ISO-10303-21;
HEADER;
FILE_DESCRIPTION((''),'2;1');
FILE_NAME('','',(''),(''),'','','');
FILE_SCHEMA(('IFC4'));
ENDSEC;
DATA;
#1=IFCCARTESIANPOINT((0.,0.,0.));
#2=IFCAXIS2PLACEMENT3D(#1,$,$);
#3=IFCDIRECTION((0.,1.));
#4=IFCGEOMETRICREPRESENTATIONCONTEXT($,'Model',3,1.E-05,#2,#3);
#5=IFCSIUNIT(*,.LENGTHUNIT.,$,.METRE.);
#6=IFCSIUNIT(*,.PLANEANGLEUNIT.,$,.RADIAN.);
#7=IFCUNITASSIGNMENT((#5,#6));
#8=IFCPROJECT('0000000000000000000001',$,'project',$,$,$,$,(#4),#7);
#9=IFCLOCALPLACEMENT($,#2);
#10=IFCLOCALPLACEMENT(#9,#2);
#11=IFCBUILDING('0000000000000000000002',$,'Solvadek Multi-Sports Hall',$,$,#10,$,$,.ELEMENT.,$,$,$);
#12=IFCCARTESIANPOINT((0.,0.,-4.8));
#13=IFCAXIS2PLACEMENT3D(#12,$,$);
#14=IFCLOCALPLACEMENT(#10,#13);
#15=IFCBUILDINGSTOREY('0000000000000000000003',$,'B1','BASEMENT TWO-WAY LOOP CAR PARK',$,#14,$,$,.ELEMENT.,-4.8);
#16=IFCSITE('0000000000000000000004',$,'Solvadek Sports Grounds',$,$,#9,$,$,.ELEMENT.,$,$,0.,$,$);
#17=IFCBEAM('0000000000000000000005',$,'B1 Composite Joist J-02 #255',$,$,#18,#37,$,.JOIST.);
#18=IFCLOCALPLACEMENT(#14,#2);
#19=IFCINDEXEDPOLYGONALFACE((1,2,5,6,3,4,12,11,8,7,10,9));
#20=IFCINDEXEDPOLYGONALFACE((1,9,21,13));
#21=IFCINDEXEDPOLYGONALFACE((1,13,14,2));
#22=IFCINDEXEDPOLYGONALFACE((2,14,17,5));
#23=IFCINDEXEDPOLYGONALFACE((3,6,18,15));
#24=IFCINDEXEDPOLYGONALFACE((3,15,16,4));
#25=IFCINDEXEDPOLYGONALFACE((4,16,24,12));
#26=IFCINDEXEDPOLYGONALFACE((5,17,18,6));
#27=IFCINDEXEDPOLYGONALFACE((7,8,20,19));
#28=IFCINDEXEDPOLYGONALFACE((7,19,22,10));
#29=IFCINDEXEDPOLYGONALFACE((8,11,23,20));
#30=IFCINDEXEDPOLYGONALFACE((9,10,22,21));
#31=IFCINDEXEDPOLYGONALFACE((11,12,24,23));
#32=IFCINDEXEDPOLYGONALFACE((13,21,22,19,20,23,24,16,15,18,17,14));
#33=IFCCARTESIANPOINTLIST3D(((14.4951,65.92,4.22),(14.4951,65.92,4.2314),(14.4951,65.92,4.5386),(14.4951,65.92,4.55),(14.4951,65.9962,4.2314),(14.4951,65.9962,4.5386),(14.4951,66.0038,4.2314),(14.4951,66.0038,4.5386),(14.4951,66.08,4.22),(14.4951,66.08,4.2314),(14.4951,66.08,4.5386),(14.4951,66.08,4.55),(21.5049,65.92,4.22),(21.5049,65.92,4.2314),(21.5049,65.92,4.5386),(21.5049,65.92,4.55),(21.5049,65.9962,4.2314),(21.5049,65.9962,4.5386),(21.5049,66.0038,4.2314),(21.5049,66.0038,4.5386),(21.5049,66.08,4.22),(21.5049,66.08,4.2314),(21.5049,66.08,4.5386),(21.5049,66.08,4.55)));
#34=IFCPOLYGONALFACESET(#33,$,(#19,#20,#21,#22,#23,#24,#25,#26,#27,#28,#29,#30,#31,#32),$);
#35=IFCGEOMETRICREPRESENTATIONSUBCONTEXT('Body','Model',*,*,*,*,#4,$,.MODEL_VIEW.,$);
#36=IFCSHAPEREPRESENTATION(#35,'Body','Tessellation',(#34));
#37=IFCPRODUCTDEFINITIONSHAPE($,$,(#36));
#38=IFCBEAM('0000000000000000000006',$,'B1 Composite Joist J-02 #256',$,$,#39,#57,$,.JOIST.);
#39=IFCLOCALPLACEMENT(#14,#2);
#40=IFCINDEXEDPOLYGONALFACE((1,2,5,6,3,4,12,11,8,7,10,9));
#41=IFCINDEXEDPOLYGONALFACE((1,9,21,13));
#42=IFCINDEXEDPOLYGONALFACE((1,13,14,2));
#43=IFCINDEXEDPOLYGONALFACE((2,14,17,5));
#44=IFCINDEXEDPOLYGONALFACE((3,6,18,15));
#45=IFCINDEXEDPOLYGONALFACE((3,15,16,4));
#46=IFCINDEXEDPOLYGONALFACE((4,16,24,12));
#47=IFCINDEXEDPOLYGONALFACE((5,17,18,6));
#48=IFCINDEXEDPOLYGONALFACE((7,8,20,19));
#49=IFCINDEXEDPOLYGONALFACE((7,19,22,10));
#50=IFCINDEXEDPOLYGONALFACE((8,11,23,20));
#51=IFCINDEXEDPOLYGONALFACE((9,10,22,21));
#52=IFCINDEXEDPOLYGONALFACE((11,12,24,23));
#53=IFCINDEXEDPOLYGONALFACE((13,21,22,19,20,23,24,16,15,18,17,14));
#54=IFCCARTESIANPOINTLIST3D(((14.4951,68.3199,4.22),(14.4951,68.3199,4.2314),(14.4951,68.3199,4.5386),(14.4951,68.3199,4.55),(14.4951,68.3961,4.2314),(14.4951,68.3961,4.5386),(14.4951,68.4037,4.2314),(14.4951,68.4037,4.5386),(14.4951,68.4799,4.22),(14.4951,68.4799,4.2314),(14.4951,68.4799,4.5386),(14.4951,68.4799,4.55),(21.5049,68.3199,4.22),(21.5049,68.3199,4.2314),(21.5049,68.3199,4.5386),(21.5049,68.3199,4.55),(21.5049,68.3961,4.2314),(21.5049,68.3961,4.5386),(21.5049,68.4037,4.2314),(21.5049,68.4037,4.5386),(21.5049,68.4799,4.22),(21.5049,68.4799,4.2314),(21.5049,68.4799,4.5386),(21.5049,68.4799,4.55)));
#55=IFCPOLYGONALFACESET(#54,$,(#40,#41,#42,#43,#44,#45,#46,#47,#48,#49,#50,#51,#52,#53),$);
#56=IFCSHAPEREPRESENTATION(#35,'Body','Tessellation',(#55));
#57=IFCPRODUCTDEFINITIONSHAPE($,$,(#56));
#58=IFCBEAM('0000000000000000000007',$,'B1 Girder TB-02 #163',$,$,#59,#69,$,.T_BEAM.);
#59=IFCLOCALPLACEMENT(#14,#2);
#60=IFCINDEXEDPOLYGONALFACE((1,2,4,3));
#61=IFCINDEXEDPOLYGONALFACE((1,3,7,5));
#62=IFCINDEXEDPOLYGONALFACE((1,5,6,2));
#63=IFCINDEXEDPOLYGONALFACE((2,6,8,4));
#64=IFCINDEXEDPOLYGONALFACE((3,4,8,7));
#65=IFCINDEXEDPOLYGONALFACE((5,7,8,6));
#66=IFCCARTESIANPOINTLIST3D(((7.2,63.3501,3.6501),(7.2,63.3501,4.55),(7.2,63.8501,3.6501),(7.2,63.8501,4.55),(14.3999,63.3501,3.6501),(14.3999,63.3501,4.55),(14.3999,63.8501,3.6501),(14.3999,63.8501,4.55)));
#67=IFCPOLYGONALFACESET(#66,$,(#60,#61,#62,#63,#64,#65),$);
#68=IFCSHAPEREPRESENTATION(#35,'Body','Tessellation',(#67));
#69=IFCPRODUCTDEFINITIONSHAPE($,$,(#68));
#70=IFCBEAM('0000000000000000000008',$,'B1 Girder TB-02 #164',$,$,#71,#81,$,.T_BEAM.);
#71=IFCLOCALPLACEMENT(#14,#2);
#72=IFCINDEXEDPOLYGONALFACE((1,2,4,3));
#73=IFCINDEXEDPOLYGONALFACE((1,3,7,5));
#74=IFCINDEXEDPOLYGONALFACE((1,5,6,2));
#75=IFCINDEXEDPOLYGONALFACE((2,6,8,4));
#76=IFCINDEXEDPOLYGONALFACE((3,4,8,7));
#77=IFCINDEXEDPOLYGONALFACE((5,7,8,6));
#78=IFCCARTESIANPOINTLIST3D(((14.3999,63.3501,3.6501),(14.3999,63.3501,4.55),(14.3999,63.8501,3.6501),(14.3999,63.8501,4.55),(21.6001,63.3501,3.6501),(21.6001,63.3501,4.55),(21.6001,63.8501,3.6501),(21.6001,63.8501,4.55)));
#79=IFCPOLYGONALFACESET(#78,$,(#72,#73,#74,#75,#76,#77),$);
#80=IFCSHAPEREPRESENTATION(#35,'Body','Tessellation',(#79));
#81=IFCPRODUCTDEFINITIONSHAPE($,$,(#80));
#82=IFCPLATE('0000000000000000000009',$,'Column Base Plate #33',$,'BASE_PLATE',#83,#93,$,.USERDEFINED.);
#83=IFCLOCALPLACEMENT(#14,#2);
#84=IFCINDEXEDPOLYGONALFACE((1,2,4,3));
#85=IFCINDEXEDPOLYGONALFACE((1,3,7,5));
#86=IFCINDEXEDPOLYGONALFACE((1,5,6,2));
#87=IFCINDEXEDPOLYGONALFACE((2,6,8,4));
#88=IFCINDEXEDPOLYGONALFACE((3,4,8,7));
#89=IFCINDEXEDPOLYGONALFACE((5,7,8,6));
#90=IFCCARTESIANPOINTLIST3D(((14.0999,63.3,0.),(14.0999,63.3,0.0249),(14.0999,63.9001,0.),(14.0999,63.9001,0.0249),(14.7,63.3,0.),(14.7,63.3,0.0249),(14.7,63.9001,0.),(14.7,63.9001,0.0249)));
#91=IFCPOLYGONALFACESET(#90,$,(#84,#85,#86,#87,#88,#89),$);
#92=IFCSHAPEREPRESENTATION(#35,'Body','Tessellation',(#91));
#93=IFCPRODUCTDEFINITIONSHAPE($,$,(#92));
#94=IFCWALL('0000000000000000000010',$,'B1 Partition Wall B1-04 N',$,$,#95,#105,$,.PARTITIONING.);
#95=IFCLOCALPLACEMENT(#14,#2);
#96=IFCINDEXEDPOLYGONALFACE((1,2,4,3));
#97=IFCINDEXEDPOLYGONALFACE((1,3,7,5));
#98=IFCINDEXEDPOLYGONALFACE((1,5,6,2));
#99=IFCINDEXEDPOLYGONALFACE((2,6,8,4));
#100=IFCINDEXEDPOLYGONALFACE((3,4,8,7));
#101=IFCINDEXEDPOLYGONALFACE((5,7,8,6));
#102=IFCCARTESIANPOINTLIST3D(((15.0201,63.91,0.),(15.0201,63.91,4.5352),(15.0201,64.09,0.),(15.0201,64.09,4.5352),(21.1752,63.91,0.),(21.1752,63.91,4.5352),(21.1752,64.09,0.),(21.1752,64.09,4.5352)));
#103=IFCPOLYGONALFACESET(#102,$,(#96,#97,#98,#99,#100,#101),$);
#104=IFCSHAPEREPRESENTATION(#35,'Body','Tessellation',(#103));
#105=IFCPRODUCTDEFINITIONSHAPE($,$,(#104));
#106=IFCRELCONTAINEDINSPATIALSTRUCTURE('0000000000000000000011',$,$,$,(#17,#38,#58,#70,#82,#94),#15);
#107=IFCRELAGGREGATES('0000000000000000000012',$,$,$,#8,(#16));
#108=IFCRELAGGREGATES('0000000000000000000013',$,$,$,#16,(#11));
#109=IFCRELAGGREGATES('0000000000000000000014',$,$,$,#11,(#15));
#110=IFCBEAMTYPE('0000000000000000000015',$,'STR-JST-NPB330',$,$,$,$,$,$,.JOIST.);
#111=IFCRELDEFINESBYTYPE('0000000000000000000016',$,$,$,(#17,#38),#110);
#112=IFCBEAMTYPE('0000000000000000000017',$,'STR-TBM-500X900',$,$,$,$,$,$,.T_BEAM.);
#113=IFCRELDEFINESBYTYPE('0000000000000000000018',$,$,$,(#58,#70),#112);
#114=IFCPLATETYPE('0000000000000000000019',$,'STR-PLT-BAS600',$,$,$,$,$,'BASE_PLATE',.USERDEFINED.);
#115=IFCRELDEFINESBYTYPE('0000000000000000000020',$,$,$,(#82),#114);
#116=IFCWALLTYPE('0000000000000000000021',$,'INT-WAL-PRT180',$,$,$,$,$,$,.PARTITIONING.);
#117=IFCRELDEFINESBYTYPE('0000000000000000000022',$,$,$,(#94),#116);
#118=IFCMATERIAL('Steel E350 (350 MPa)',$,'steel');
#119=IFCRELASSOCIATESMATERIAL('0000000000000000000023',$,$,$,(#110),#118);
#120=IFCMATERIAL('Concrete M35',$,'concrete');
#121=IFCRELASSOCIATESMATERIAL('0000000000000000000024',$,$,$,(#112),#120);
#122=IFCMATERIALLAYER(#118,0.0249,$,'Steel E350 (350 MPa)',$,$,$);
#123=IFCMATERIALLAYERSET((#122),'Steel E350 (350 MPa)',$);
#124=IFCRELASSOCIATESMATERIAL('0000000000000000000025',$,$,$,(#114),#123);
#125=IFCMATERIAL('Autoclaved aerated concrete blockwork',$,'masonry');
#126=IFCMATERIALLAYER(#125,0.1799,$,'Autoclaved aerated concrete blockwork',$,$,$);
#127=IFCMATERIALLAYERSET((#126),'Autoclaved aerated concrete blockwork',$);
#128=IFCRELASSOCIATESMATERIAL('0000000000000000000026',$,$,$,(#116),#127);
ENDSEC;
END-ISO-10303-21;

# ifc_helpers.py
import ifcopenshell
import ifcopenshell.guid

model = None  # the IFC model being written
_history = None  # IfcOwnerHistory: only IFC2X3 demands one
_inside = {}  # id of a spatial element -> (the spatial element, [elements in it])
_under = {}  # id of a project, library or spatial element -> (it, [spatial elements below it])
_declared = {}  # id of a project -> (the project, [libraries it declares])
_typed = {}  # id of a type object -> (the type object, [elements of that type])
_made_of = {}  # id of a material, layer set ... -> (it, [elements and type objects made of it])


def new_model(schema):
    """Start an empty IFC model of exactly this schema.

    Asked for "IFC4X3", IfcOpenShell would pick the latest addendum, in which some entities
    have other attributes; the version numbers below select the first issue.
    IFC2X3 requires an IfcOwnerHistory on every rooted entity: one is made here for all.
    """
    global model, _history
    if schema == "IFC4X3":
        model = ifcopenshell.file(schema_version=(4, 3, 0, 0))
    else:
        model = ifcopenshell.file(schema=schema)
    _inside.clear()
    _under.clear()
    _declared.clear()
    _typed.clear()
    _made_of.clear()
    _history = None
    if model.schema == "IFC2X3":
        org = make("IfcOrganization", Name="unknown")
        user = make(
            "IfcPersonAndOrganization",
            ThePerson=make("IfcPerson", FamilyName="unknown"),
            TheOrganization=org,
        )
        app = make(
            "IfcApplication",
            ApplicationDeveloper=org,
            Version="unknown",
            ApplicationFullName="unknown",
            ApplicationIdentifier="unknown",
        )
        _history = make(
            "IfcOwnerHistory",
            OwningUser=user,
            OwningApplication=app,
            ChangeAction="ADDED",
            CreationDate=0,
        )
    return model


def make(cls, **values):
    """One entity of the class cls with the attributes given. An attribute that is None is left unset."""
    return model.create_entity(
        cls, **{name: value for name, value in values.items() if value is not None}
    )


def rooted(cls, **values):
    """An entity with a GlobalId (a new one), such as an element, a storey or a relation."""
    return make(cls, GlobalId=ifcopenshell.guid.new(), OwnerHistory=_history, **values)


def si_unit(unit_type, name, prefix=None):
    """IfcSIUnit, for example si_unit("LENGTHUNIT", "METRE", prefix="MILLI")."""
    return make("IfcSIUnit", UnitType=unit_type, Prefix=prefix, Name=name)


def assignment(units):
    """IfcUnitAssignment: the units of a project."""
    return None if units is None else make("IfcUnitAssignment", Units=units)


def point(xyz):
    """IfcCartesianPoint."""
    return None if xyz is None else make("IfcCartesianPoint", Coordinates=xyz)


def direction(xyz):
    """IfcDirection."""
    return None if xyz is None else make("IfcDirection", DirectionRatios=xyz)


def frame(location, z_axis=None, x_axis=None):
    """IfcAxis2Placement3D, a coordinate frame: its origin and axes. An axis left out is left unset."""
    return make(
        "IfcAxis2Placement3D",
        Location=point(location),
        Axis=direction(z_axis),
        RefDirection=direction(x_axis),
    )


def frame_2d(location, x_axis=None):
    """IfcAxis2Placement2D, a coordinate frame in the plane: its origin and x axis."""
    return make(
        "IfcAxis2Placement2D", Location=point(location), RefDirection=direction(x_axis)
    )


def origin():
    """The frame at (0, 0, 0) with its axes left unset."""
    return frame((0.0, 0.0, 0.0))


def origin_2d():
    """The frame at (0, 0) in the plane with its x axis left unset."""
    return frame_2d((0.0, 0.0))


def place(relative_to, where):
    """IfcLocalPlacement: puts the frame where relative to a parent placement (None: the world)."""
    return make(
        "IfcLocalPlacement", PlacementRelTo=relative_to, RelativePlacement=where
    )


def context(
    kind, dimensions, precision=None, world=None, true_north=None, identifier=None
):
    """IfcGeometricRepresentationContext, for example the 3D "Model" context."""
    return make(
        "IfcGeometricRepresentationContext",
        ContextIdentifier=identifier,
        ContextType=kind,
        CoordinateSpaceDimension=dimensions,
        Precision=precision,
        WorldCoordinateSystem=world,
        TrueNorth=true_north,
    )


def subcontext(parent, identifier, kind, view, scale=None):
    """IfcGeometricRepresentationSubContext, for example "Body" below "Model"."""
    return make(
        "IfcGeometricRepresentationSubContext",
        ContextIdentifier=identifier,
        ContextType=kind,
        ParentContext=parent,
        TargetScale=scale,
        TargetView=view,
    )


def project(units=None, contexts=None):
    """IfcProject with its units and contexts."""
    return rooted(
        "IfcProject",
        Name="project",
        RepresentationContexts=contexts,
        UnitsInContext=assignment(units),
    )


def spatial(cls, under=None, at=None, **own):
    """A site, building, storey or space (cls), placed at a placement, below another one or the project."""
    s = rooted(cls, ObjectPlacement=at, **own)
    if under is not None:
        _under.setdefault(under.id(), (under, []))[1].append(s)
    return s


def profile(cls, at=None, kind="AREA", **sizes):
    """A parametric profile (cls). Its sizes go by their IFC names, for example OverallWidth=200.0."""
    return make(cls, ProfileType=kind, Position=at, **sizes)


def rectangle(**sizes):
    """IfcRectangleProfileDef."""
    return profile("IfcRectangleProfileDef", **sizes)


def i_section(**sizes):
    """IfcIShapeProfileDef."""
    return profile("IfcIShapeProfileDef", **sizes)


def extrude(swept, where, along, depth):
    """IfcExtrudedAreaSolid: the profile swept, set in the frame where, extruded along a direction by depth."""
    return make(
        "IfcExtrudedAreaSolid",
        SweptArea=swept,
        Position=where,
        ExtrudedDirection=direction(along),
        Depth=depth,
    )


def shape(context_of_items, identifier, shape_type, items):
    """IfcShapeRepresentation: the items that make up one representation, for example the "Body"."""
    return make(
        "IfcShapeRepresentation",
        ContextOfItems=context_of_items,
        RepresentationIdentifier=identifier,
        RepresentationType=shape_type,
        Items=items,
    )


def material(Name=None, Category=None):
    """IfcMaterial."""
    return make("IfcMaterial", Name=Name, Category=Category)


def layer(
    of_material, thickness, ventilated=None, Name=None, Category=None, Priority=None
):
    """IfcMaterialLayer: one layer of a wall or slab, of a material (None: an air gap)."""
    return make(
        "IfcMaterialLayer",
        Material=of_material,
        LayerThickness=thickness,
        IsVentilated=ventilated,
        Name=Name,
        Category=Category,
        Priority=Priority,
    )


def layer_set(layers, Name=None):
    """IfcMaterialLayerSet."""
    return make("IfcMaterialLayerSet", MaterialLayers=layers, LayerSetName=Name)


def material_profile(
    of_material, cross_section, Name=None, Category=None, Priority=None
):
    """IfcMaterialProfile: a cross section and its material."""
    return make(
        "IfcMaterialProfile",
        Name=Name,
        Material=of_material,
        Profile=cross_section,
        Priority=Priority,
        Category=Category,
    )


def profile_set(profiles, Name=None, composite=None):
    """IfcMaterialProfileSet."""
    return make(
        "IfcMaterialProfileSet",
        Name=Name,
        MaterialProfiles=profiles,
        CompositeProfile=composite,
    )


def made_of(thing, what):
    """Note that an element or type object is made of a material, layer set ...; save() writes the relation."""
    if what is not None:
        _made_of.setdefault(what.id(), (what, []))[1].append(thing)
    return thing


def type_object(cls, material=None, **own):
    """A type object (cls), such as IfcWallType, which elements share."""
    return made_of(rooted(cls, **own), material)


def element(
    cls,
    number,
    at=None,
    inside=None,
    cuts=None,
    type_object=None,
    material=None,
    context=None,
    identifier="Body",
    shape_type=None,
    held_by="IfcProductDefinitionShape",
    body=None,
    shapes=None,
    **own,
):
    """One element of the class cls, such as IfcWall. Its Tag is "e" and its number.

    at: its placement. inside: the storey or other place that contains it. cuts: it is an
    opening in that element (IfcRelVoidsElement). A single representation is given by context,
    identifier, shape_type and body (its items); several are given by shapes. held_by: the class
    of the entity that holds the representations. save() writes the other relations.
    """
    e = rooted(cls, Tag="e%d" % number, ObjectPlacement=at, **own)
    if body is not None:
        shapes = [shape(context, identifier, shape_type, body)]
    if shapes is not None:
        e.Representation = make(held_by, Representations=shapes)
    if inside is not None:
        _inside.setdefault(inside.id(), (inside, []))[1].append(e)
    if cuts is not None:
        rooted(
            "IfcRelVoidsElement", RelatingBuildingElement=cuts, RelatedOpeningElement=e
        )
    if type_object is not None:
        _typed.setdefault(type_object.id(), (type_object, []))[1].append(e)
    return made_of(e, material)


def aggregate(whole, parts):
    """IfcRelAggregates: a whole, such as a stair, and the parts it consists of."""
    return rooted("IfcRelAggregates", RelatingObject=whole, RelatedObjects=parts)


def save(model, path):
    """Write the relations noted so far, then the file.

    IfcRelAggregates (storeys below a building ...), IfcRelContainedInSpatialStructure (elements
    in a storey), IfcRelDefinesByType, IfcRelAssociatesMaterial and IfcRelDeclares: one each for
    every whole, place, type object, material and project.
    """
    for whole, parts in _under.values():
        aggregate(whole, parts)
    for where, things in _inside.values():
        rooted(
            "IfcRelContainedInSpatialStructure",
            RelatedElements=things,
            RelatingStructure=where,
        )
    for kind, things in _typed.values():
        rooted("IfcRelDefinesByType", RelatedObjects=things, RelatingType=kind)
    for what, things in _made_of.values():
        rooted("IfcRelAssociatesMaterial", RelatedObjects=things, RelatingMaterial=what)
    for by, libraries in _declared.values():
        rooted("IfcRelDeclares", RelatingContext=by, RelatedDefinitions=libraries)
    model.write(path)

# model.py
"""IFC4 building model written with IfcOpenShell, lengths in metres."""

from ifc_helpers import new_model, si_unit, direction, frame, frame_2d, origin, origin_2d, place, context, subcontext, project, spatial, rectangle, i_section, extrude, material, layer, layer_set, material_profile, profile_set, type_object, element, save


model = new_model("IFC4")

# Units and contexts
model_context = context("Model", 3, precision=1e-05, world=origin(), true_north=direction((0.0, 1.0)))
body_context = subcontext(model_context, "Body", "Model", "MODEL_VIEW")
ifc_project = project(units=[si_unit("LENGTHUNIT", "METRE"), si_unit("PLANEANGLEUNIT", "RADIAN")], contexts=[model_context])

# Site, building, storey
site_placement = place(None, origin())
site = spatial("IfcSite", under=ifc_project, at=site_placement, Name="Solvadek Sports Grounds", CompositionType="ELEMENT", RefElevation=0.0)
building_placement = place(site_placement, origin())
building = spatial("IfcBuilding", under=site, at=building_placement, Name="Solvadek Multi-Sports Hall", CompositionType="ELEMENT")
storey_placement = place(building_placement, frame((0.0, 0.0, -4.8)))
storey = spatial("IfcBuildingStorey", under=building, at=storey_placement, Name="B1", Description="BASEMENT TWO-WAY LOOP CAR PARK", CompositionType="ELEMENT", Elevation=-4.8)

# Shared definitions
ifc_material_1 = material(Name="Concrete M35", Category="concrete")

# Shared definitions
ifc_material_2 = material(Name="Steel E350 (350 MPa)", Category="steel")

# Beams
ifc_material_profile_1 = material_profile(ifc_material_2, i_section(OverallWidth=0.1599, OverallDepth=0.3301, WebThickness=0.0076, FlangeThickness=0.0115, at=origin_2d()), Name="NPB 330")
ifc_profile_set_1 = profile_set([ifc_material_profile_1], Name="Steel E350 (350 MPa)")
beam_type_1 = type_object("IfcBeamType", Name="STR-JST-NPB330", PredefinedType="JOIST", material=ifc_profile_set_1)
for number, where, z_axis, x_axis, name in (
    (1, (14.4951, 66.0, 4.385), (1.0, 0.0, 0.0), (0.0, 1.0, 0.0), "B1 Composite Joist J-02 #255"),
    (2, (14.4951, 68.3999, 4.385), (1.0, 0.0, 0.0), (0.0, 1.0, 0.0), "B1 Composite Joist J-02 #256"),
):
    element("IfcBeam", number, at=place(storey_placement, frame(where, z_axis=z_axis, x_axis=x_axis)), inside=storey, type_object=beam_type_1, Name=name, PredefinedType="JOIST", context=body_context, shape_type="SweptSolid", body=[
        extrude(i_section(OverallWidth=0.1599, OverallDepth=0.3301, WebThickness=0.0076, FlangeThickness=0.0115, at=origin_2d()), origin(), (0.0, 0.0, 1.0), 7.0098),
    ])
ifc_material_profile_2 = material_profile(ifc_material_1, rectangle(XDim=0.5, YDim=0.8999, at=origin_2d()), Name="RC T-BEAM 500x900")
ifc_profile_set_2 = profile_set([ifc_material_profile_2], Name="Concrete M35")
beam_type_2 = type_object("IfcBeamType", Name="STR-TBM-500X900", PredefinedType="T_BEAM", material=ifc_profile_set_2)
beam_1_placement = place(storey_placement, frame((7.2, 63.6001, 4.1001), z_axis=(1.0, 0.0, 0.0), x_axis=(0.0, 1.0, 0.0)))
element("IfcBeam", 3, at=beam_1_placement, inside=storey, type_object=beam_type_2, Name="B1 Girder TB-02 #163", PredefinedType="T_BEAM", context=body_context, shape_type="SweptSolid", body=[
    extrude(rectangle(XDim=0.5, YDim=0.8999, at=origin_2d()), origin(), (0.0, 0.0, 1.0), 7.2),
])
beam_2_placement = place(storey_placement, frame((14.3999, 63.6001, 4.1001), z_axis=(1.0, 0.0, 0.0), x_axis=(0.0, 1.0, 0.0)))
element("IfcBeam", 4, at=beam_2_placement, inside=storey, type_object=beam_type_2, Name="B1 Girder TB-02 #164", PredefinedType="T_BEAM", context=body_context, shape_type="SweptSolid", body=[
    extrude(rectangle(XDim=0.5, YDim=0.8999, at=origin_2d()), origin(), (0.0, 0.0, 1.0), 7.2002),
])

# Plate
ifc_layer_1 = layer(ifc_material_2, 0.0249, Name="Steel E350 (350 MPa)")
ifc_layer_set_1 = layer_set([ifc_layer_1], Name="Steel E350 (350 MPa)")
plate_type = type_object("IfcPlateType", Name="STR-PLT-BAS600", ElementType="BASE_PLATE", PredefinedType="USERDEFINED", material=ifc_layer_set_1)
plate_placement = place(storey_placement, frame((14.3999, 63.6001, 0.0), z_axis=(0.0, 0.0, 1.0), x_axis=(1.0, 0.0, 0.0)))
element("IfcPlate", 5, at=plate_placement, inside=storey, type_object=plate_type, Name="Column Base Plate #33", ObjectType="BASE_PLATE", PredefinedType="USERDEFINED", context=body_context, shape_type="SweptSolid", body=[
    extrude(rectangle(XDim=0.6001, YDim=0.6001, at=origin_2d()), origin(), (0.0, 0.0, 1.0), 0.0249),
])

# Wall
ifc_material_3 = material(Name="Autoclaved aerated concrete blockwork", Category="masonry")
ifc_layer_2 = layer(ifc_material_3, 0.1799, Name="Autoclaved aerated concrete blockwork")
ifc_layer_set_2 = layer_set([ifc_layer_2], Name="Autoclaved aerated concrete blockwork")
wall_type = type_object("IfcWallType", Name="INT-WAL-PRT180", PredefinedType="PARTITIONING", material=ifc_layer_set_2)
wall_placement = place(storey_placement, frame((15.02, 64.0, 0.0), z_axis=(0.0, 0.0, 1.0), x_axis=(1.0, 0.0, 0.0)))
element("IfcWall", 6, at=wall_placement, inside=storey, type_object=wall_type, Name="B1 Partition Wall B1-04 N", PredefinedType="PARTITIONING", context=body_context, shape_type="SweptSolid", body=[
    extrude(rectangle(XDim=6.155, YDim=0.1799, at=frame_2d((3.0776, 0.0))), origin(), (0.0, 0.0, 1.0), 4.5352),
])

save(model, "model.ifc")
